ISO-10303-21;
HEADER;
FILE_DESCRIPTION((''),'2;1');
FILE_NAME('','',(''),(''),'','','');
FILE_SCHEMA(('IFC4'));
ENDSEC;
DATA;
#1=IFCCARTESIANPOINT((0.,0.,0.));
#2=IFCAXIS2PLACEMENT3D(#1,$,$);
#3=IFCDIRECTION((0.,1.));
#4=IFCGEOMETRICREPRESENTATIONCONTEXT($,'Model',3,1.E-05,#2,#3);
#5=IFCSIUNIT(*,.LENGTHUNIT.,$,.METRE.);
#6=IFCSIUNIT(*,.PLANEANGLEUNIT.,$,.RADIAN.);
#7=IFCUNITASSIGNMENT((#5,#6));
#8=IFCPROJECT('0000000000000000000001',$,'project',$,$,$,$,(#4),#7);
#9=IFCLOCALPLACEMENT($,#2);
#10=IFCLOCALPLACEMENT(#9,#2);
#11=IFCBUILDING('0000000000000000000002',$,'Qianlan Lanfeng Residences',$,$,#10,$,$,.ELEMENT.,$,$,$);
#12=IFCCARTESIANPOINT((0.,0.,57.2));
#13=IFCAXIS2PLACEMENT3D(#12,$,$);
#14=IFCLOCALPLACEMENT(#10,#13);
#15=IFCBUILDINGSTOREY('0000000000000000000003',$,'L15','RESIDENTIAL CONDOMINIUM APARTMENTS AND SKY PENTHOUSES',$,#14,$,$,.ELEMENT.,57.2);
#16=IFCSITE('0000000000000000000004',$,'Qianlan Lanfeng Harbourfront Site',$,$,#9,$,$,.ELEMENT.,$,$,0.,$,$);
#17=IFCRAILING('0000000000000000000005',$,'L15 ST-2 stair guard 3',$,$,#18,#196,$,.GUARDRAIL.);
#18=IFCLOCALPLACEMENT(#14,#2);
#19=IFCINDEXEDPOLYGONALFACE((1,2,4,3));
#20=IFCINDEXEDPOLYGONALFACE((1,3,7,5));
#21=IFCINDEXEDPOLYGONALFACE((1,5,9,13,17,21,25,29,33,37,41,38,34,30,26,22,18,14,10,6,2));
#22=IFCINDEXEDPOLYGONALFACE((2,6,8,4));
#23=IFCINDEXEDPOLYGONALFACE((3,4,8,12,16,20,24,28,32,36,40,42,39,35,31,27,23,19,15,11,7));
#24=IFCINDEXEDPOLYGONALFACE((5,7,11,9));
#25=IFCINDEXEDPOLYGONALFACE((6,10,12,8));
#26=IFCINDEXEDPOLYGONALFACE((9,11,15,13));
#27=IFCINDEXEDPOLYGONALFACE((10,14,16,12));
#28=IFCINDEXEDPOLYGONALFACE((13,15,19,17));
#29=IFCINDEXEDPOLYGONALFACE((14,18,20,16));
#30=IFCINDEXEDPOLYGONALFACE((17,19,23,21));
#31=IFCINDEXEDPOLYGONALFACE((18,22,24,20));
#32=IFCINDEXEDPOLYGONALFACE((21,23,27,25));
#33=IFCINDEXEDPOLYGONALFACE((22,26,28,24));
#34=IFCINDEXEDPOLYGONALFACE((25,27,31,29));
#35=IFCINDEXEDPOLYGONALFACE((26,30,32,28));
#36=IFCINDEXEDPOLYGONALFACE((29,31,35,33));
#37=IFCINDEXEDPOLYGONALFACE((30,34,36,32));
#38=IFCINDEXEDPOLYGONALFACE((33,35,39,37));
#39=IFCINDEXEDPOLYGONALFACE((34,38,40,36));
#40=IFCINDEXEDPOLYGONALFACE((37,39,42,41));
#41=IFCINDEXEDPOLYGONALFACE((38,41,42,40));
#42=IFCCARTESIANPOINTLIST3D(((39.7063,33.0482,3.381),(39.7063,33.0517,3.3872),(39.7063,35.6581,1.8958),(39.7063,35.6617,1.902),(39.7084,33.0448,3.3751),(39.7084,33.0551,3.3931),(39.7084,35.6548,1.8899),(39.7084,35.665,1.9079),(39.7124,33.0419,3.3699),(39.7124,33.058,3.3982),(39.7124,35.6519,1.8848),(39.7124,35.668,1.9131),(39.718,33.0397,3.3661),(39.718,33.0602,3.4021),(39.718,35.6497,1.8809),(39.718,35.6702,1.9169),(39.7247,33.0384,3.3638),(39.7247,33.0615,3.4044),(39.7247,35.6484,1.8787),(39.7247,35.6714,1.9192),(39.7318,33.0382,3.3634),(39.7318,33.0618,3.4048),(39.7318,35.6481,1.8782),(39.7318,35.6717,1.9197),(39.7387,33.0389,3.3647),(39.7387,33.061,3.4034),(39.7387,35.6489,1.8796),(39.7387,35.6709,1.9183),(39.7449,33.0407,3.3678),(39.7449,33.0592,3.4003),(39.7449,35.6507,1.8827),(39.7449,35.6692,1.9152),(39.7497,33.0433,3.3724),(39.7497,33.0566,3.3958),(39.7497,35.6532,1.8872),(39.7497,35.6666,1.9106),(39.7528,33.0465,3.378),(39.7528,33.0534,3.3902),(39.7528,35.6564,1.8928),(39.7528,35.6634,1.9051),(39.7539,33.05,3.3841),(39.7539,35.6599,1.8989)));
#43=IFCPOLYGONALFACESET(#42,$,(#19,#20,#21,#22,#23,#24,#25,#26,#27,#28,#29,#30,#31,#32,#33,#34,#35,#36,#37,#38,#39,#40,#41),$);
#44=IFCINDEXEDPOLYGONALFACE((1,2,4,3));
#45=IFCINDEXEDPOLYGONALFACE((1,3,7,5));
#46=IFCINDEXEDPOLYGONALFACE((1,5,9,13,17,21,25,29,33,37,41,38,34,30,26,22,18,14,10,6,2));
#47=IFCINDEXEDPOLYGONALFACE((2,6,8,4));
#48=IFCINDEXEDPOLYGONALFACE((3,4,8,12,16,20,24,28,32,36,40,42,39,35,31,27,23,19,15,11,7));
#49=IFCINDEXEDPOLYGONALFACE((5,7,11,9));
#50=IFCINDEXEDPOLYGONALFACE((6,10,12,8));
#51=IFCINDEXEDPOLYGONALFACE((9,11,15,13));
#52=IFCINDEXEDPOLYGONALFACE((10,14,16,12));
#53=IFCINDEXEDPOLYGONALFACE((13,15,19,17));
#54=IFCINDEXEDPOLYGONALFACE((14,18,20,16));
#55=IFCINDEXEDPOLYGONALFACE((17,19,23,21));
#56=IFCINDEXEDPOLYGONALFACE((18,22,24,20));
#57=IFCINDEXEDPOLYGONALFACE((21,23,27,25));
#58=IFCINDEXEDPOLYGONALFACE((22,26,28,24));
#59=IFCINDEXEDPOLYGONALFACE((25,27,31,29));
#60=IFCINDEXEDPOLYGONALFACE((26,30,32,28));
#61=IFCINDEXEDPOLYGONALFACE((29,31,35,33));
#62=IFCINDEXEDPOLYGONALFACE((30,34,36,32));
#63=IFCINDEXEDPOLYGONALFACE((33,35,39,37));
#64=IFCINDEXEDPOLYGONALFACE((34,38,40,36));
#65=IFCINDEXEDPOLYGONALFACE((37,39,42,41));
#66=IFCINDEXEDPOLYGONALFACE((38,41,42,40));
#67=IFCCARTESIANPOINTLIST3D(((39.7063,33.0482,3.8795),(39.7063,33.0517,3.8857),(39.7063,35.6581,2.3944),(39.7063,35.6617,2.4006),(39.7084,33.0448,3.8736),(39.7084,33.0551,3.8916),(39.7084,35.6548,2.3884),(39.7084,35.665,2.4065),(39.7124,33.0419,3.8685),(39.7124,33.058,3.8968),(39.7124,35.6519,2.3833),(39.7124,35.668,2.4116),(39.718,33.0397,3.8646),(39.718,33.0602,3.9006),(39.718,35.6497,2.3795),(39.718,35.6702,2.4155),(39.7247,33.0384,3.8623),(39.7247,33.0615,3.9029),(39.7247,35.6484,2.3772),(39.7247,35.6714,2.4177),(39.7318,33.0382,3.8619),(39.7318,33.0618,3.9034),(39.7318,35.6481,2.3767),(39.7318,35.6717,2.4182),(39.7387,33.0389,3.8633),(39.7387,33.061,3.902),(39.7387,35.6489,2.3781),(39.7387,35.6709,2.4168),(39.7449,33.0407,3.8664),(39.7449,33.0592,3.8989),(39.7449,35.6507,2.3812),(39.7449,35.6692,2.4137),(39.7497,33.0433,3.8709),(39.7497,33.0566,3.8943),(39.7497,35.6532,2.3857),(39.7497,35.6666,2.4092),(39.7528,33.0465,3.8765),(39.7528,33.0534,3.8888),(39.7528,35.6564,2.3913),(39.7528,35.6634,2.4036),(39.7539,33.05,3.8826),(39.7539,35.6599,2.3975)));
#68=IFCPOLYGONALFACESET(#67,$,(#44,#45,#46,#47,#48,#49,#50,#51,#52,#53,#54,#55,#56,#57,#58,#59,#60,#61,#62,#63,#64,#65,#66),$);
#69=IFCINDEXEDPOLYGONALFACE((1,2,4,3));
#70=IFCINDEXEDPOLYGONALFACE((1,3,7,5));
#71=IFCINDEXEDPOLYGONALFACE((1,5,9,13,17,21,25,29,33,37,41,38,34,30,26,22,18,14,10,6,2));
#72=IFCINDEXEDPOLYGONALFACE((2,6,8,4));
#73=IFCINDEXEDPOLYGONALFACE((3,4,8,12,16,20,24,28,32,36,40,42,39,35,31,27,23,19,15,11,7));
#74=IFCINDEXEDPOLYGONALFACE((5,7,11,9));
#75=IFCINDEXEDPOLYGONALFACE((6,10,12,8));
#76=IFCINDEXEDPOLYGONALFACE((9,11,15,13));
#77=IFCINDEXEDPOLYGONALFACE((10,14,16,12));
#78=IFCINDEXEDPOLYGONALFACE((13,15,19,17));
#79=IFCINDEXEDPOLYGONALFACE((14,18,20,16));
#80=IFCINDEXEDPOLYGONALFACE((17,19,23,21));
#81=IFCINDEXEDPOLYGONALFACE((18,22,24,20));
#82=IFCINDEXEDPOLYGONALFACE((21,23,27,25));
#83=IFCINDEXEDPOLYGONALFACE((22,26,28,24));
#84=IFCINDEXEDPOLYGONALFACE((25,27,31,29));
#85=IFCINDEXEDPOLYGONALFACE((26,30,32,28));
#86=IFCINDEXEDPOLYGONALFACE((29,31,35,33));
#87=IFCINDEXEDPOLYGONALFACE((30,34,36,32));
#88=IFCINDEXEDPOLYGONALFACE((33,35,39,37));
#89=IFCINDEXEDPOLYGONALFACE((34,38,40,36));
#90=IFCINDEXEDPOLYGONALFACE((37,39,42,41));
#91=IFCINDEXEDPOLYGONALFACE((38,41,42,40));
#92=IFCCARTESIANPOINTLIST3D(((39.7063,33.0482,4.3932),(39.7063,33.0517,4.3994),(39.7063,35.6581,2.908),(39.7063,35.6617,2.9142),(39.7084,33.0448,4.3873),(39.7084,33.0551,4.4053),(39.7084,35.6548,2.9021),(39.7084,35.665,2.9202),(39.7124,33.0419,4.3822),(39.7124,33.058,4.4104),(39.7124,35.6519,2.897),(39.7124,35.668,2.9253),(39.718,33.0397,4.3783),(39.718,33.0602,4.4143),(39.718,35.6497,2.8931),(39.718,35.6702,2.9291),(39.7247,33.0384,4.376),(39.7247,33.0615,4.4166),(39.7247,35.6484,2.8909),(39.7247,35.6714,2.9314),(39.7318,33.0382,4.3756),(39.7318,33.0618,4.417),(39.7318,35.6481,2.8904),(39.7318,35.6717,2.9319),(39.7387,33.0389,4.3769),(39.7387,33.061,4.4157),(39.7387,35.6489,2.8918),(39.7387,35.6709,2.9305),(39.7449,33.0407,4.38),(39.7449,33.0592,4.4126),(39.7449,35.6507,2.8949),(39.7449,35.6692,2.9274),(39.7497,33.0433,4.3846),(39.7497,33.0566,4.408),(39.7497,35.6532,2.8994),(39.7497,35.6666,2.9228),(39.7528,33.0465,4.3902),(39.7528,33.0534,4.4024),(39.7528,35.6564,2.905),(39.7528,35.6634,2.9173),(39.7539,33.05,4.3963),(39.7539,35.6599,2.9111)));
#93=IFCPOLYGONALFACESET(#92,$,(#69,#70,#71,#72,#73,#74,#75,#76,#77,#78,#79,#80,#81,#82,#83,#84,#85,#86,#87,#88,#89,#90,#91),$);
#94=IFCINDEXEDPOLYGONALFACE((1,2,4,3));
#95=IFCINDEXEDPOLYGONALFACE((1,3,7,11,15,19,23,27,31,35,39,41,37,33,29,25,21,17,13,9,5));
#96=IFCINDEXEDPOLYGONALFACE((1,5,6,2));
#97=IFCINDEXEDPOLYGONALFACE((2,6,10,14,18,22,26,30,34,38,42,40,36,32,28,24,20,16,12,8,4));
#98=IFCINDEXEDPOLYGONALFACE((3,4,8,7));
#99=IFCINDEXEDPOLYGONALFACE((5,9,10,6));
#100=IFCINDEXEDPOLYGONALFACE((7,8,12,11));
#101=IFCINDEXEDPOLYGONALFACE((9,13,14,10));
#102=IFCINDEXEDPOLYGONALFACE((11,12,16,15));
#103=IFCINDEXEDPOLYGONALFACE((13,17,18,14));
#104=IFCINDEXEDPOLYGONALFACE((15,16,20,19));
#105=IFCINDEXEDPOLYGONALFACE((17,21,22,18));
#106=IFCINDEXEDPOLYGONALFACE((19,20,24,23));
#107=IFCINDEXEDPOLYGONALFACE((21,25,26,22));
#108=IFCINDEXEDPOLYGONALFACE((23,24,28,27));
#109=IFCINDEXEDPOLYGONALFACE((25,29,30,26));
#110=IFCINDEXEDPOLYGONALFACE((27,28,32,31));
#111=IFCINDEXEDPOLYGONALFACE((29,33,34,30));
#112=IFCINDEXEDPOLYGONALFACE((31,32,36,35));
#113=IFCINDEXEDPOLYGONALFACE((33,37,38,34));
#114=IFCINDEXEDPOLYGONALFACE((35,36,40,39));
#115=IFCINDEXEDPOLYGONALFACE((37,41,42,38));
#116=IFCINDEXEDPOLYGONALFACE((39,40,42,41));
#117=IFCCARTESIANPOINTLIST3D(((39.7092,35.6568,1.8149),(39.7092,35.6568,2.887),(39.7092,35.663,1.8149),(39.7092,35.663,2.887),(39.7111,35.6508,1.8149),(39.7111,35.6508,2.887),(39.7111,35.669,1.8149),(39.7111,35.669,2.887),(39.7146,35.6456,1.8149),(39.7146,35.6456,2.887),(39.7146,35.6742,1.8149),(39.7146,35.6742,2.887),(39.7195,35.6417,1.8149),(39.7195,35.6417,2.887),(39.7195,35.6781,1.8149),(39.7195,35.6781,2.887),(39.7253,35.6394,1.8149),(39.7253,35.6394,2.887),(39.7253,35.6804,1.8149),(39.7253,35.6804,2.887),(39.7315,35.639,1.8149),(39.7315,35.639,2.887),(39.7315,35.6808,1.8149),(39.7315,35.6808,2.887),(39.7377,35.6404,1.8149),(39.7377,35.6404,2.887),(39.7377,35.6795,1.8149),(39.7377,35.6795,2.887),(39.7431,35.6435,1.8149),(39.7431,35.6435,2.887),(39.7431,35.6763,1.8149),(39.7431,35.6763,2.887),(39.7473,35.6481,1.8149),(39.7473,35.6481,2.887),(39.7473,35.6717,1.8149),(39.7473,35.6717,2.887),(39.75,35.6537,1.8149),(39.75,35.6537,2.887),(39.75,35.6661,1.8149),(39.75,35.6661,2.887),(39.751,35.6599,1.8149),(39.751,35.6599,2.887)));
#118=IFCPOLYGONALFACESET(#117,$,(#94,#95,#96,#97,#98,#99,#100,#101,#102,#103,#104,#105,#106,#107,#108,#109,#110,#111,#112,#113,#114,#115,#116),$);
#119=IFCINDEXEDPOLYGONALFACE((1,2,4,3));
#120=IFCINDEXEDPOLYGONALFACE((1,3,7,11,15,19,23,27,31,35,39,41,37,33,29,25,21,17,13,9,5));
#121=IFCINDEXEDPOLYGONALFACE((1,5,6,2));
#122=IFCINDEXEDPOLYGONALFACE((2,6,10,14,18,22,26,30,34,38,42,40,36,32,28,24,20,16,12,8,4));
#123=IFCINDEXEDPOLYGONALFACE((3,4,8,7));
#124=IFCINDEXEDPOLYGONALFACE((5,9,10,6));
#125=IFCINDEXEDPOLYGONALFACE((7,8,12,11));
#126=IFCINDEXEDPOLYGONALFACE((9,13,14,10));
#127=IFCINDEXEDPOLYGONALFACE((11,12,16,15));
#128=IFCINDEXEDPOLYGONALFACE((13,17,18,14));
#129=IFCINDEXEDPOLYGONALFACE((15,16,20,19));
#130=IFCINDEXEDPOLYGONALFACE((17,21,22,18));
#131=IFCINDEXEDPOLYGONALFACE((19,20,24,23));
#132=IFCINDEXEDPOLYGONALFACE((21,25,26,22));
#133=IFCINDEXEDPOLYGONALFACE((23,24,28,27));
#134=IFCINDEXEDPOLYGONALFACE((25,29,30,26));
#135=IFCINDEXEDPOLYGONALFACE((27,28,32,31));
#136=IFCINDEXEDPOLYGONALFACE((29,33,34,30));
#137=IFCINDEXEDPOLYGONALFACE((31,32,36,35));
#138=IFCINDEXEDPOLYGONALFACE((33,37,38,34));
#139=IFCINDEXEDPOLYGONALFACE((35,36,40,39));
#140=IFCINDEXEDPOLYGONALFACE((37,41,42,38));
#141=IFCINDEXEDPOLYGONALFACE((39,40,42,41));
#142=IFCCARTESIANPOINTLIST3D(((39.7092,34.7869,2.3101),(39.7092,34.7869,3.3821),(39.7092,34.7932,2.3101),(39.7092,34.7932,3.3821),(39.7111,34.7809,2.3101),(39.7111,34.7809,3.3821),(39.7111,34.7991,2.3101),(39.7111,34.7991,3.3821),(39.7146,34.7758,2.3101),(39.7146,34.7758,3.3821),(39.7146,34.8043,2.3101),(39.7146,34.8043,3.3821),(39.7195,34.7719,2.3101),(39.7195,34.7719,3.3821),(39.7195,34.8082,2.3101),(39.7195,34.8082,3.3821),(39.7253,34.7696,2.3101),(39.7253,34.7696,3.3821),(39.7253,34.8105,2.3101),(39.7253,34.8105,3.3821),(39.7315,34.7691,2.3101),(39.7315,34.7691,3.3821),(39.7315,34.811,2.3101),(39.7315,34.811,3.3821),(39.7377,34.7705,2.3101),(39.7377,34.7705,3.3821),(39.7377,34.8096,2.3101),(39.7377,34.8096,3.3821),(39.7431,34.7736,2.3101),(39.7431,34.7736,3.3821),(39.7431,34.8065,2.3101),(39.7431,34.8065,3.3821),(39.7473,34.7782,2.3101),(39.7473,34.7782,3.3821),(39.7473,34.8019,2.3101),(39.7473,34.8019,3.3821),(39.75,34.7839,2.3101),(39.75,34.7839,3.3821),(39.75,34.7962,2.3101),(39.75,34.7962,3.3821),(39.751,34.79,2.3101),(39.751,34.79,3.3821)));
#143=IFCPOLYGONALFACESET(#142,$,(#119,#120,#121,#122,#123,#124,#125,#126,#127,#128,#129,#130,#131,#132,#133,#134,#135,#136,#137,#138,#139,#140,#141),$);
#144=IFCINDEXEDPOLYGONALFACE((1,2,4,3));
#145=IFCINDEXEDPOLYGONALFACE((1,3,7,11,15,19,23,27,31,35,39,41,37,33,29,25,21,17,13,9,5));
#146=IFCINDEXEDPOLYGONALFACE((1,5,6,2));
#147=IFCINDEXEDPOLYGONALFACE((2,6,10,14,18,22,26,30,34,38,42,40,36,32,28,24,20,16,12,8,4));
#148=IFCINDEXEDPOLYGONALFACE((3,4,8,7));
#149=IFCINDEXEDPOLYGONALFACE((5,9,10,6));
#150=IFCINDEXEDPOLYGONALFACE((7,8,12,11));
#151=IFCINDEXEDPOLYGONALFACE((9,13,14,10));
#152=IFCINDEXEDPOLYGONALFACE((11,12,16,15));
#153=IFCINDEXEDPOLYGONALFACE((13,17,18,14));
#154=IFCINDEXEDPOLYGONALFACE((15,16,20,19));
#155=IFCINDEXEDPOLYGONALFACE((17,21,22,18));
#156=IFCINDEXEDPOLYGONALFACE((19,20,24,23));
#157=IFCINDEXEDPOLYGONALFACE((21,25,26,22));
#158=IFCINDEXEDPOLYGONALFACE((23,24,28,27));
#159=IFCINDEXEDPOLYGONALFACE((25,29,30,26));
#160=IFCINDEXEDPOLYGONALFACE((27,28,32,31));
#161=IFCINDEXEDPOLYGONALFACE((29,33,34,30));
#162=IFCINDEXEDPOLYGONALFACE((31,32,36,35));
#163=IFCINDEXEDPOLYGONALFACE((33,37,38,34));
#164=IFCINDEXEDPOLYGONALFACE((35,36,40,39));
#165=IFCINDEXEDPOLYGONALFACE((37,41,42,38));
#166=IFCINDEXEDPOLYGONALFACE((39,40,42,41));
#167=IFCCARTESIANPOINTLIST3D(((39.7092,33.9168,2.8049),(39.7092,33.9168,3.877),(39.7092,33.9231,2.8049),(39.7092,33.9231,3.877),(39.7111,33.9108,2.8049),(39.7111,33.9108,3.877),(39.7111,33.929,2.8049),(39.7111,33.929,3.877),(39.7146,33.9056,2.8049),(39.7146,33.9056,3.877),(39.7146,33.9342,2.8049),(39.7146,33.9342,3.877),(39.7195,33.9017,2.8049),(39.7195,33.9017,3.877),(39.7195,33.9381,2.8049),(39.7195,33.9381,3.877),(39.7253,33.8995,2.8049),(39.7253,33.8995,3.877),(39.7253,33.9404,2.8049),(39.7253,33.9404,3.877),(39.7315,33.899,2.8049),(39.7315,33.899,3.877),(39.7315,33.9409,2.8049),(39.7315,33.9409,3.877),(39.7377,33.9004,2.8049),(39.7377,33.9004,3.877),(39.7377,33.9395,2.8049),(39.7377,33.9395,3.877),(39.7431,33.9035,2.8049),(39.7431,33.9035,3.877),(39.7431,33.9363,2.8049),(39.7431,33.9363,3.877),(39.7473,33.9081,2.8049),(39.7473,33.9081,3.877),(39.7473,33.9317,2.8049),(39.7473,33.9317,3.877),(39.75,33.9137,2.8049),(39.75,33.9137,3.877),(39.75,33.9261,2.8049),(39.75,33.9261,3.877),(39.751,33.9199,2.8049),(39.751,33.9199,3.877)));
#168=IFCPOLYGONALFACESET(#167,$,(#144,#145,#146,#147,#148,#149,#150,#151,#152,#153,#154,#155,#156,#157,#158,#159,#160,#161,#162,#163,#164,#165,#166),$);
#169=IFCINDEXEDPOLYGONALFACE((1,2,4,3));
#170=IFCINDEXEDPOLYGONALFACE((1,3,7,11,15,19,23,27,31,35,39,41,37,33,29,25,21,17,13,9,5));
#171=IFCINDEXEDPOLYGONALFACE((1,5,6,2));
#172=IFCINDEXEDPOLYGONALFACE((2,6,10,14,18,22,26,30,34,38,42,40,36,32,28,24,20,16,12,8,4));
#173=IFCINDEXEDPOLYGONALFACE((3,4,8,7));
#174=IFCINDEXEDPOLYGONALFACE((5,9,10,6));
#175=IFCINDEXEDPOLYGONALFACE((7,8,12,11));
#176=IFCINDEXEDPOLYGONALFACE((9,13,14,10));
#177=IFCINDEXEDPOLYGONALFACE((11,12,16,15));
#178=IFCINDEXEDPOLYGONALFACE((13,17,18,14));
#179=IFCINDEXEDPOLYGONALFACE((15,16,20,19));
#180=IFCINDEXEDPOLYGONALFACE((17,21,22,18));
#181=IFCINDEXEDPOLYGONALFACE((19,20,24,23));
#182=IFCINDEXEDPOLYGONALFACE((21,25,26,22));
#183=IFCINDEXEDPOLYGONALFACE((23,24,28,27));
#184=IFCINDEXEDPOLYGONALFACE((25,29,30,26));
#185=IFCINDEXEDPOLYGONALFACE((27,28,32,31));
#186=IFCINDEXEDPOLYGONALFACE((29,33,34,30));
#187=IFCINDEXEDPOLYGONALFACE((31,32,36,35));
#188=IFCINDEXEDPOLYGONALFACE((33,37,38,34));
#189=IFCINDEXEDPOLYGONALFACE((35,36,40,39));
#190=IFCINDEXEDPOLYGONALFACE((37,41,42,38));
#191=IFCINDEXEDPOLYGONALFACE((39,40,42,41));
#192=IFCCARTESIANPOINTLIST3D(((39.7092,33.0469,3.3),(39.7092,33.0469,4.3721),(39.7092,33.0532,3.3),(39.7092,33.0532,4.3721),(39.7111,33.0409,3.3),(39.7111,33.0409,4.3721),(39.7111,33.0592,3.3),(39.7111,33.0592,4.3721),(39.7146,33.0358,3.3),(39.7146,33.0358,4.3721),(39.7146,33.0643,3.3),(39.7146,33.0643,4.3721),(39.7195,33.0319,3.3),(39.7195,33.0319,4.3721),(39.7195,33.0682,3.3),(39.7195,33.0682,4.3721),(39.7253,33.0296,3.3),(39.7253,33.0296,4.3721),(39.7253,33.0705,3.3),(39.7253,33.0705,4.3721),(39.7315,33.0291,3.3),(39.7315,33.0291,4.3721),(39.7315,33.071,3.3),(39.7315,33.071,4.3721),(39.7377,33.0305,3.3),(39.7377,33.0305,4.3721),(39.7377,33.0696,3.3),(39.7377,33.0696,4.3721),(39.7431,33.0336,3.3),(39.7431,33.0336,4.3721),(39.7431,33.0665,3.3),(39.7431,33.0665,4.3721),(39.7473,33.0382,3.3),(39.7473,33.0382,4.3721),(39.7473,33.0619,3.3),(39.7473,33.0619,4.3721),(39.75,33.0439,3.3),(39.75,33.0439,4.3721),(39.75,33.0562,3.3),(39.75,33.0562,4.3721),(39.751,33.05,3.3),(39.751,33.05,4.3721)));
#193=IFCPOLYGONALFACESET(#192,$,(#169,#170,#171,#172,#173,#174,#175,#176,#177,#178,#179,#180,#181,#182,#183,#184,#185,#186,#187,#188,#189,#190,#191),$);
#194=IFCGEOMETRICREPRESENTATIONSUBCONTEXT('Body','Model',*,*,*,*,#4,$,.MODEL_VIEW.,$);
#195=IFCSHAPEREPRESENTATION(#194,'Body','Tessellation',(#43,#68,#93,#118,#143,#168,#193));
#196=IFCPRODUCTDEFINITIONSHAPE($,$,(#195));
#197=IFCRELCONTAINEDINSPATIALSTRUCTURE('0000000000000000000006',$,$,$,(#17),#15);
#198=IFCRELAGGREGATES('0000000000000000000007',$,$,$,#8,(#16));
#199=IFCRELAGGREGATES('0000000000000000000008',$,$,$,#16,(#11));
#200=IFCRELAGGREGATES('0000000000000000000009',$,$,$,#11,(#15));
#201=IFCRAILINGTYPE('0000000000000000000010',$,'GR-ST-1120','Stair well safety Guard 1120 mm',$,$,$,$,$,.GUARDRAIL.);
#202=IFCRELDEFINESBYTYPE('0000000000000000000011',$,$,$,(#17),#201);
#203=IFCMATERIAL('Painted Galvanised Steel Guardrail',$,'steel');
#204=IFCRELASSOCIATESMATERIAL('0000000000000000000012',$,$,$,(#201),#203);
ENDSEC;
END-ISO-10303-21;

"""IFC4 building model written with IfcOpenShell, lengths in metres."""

from ifc_helpers import new_model, si_unit, direction, frame, origin, origin_2d, place, context, subcontext, project, spatial, circle, extrude, material, type_object, element, save


model = new_model("IFC4")

# Units and contexts
model_context = context("Model", 3, precision=1e-05, world=origin(), true_north=direction((0.0, 1.0)))
body_context = subcontext(model_context, "Body", "Model", "MODEL_VIEW")
ifc_project = project(units=[si_unit("LENGTHUNIT", "METRE"), si_unit("PLANEANGLEUNIT", "RADIAN")], contexts=[model_context])

# Site, building, storey
site_placement = place(None, origin())
site = spatial("IfcSite", under=ifc_project, at=site_placement, Name="Qianlan Lanfeng Harbourfront Site", CompositionType="ELEMENT", RefElevation=0.0)
building_placement = place(site_placement, origin())
building = spatial("IfcBuilding", under=site, at=building_placement, Name="Qianlan Lanfeng Residences", CompositionType="ELEMENT")
storey_placement = place(building_placement, frame((0.0, 0.0, 57.2)))
storey = spatial("IfcBuildingStorey", under=building, at=storey_placement, Name="L15", Description="RESIDENTIAL CONDOMINIUM APARTMENTS AND SKY PENTHOUSES", CompositionType="ELEMENT", Elevation=57.2)

# Railing
ifc_material_1 = material(Name="Painted Galvanised Steel Guardrail", Category="steel")
railing_type_1 = type_object("IfcRailingType", Name="GR-ST-1120", Description="Stair well safety Guard 1120 mm", PredefinedType="GUARDRAIL", material=ifc_material_1)
railing_1_placement = place(storey_placement, frame((39.73, 35.6599, 1.8149)))
element("IfcRailing", 1, at=railing_1_placement, inside=storey, type_object=railing_type_1, Name="L15 ST-2 stair guard 3", PredefinedType="GUARDRAIL", context=body_context, shape_type="SweptSolid", body=[
    extrude(circle(Radius=0.0239, at=origin_2d()), frame((0.0, 0.0, 0.084), z_axis=(0.0, -0.869137, 0.494571), x_axis=(1.0, 0.0, 0.0)), (0.0, 0.0, 1.0), 3.0029),
    extrude(circle(Radius=0.0239, at=origin_2d()), frame((0.0, 0.0, 0.5825), z_axis=(0.0, -0.869137, 0.494571), x_axis=(1.0, 0.0, 0.0)), (0.0, 0.0, 1.0), 3.0029),
    extrude(circle(Radius=0.0239, at=origin_2d()), frame((0.0, 0.0, 1.0962), z_axis=(0.0, -0.869137, 0.494571), x_axis=(1.0, 0.0, 0.0)), (0.0, 0.0, 1.0), 3.0029),
    extrude(circle(Radius=0.021, at=origin_2d()), origin(), (0.0, 0.0, 1.0), 1.072),
    extrude(circle(Radius=0.021, at=origin_2d()), frame((0.0, -0.8699, 0.4951)), (0.0, 0.0, 1.0), 1.072),
    extrude(circle(Radius=0.021, at=origin_2d()), frame((0.0, -1.74, 0.99)), (0.0, 0.0, 1.0), 1.072),
    extrude(circle(Radius=0.021, at=origin_2d()), frame((0.0, -2.6099, 1.4851)), (0.0, 0.0, 1.0), 1.072),
])

save(model, "model.ifc")
